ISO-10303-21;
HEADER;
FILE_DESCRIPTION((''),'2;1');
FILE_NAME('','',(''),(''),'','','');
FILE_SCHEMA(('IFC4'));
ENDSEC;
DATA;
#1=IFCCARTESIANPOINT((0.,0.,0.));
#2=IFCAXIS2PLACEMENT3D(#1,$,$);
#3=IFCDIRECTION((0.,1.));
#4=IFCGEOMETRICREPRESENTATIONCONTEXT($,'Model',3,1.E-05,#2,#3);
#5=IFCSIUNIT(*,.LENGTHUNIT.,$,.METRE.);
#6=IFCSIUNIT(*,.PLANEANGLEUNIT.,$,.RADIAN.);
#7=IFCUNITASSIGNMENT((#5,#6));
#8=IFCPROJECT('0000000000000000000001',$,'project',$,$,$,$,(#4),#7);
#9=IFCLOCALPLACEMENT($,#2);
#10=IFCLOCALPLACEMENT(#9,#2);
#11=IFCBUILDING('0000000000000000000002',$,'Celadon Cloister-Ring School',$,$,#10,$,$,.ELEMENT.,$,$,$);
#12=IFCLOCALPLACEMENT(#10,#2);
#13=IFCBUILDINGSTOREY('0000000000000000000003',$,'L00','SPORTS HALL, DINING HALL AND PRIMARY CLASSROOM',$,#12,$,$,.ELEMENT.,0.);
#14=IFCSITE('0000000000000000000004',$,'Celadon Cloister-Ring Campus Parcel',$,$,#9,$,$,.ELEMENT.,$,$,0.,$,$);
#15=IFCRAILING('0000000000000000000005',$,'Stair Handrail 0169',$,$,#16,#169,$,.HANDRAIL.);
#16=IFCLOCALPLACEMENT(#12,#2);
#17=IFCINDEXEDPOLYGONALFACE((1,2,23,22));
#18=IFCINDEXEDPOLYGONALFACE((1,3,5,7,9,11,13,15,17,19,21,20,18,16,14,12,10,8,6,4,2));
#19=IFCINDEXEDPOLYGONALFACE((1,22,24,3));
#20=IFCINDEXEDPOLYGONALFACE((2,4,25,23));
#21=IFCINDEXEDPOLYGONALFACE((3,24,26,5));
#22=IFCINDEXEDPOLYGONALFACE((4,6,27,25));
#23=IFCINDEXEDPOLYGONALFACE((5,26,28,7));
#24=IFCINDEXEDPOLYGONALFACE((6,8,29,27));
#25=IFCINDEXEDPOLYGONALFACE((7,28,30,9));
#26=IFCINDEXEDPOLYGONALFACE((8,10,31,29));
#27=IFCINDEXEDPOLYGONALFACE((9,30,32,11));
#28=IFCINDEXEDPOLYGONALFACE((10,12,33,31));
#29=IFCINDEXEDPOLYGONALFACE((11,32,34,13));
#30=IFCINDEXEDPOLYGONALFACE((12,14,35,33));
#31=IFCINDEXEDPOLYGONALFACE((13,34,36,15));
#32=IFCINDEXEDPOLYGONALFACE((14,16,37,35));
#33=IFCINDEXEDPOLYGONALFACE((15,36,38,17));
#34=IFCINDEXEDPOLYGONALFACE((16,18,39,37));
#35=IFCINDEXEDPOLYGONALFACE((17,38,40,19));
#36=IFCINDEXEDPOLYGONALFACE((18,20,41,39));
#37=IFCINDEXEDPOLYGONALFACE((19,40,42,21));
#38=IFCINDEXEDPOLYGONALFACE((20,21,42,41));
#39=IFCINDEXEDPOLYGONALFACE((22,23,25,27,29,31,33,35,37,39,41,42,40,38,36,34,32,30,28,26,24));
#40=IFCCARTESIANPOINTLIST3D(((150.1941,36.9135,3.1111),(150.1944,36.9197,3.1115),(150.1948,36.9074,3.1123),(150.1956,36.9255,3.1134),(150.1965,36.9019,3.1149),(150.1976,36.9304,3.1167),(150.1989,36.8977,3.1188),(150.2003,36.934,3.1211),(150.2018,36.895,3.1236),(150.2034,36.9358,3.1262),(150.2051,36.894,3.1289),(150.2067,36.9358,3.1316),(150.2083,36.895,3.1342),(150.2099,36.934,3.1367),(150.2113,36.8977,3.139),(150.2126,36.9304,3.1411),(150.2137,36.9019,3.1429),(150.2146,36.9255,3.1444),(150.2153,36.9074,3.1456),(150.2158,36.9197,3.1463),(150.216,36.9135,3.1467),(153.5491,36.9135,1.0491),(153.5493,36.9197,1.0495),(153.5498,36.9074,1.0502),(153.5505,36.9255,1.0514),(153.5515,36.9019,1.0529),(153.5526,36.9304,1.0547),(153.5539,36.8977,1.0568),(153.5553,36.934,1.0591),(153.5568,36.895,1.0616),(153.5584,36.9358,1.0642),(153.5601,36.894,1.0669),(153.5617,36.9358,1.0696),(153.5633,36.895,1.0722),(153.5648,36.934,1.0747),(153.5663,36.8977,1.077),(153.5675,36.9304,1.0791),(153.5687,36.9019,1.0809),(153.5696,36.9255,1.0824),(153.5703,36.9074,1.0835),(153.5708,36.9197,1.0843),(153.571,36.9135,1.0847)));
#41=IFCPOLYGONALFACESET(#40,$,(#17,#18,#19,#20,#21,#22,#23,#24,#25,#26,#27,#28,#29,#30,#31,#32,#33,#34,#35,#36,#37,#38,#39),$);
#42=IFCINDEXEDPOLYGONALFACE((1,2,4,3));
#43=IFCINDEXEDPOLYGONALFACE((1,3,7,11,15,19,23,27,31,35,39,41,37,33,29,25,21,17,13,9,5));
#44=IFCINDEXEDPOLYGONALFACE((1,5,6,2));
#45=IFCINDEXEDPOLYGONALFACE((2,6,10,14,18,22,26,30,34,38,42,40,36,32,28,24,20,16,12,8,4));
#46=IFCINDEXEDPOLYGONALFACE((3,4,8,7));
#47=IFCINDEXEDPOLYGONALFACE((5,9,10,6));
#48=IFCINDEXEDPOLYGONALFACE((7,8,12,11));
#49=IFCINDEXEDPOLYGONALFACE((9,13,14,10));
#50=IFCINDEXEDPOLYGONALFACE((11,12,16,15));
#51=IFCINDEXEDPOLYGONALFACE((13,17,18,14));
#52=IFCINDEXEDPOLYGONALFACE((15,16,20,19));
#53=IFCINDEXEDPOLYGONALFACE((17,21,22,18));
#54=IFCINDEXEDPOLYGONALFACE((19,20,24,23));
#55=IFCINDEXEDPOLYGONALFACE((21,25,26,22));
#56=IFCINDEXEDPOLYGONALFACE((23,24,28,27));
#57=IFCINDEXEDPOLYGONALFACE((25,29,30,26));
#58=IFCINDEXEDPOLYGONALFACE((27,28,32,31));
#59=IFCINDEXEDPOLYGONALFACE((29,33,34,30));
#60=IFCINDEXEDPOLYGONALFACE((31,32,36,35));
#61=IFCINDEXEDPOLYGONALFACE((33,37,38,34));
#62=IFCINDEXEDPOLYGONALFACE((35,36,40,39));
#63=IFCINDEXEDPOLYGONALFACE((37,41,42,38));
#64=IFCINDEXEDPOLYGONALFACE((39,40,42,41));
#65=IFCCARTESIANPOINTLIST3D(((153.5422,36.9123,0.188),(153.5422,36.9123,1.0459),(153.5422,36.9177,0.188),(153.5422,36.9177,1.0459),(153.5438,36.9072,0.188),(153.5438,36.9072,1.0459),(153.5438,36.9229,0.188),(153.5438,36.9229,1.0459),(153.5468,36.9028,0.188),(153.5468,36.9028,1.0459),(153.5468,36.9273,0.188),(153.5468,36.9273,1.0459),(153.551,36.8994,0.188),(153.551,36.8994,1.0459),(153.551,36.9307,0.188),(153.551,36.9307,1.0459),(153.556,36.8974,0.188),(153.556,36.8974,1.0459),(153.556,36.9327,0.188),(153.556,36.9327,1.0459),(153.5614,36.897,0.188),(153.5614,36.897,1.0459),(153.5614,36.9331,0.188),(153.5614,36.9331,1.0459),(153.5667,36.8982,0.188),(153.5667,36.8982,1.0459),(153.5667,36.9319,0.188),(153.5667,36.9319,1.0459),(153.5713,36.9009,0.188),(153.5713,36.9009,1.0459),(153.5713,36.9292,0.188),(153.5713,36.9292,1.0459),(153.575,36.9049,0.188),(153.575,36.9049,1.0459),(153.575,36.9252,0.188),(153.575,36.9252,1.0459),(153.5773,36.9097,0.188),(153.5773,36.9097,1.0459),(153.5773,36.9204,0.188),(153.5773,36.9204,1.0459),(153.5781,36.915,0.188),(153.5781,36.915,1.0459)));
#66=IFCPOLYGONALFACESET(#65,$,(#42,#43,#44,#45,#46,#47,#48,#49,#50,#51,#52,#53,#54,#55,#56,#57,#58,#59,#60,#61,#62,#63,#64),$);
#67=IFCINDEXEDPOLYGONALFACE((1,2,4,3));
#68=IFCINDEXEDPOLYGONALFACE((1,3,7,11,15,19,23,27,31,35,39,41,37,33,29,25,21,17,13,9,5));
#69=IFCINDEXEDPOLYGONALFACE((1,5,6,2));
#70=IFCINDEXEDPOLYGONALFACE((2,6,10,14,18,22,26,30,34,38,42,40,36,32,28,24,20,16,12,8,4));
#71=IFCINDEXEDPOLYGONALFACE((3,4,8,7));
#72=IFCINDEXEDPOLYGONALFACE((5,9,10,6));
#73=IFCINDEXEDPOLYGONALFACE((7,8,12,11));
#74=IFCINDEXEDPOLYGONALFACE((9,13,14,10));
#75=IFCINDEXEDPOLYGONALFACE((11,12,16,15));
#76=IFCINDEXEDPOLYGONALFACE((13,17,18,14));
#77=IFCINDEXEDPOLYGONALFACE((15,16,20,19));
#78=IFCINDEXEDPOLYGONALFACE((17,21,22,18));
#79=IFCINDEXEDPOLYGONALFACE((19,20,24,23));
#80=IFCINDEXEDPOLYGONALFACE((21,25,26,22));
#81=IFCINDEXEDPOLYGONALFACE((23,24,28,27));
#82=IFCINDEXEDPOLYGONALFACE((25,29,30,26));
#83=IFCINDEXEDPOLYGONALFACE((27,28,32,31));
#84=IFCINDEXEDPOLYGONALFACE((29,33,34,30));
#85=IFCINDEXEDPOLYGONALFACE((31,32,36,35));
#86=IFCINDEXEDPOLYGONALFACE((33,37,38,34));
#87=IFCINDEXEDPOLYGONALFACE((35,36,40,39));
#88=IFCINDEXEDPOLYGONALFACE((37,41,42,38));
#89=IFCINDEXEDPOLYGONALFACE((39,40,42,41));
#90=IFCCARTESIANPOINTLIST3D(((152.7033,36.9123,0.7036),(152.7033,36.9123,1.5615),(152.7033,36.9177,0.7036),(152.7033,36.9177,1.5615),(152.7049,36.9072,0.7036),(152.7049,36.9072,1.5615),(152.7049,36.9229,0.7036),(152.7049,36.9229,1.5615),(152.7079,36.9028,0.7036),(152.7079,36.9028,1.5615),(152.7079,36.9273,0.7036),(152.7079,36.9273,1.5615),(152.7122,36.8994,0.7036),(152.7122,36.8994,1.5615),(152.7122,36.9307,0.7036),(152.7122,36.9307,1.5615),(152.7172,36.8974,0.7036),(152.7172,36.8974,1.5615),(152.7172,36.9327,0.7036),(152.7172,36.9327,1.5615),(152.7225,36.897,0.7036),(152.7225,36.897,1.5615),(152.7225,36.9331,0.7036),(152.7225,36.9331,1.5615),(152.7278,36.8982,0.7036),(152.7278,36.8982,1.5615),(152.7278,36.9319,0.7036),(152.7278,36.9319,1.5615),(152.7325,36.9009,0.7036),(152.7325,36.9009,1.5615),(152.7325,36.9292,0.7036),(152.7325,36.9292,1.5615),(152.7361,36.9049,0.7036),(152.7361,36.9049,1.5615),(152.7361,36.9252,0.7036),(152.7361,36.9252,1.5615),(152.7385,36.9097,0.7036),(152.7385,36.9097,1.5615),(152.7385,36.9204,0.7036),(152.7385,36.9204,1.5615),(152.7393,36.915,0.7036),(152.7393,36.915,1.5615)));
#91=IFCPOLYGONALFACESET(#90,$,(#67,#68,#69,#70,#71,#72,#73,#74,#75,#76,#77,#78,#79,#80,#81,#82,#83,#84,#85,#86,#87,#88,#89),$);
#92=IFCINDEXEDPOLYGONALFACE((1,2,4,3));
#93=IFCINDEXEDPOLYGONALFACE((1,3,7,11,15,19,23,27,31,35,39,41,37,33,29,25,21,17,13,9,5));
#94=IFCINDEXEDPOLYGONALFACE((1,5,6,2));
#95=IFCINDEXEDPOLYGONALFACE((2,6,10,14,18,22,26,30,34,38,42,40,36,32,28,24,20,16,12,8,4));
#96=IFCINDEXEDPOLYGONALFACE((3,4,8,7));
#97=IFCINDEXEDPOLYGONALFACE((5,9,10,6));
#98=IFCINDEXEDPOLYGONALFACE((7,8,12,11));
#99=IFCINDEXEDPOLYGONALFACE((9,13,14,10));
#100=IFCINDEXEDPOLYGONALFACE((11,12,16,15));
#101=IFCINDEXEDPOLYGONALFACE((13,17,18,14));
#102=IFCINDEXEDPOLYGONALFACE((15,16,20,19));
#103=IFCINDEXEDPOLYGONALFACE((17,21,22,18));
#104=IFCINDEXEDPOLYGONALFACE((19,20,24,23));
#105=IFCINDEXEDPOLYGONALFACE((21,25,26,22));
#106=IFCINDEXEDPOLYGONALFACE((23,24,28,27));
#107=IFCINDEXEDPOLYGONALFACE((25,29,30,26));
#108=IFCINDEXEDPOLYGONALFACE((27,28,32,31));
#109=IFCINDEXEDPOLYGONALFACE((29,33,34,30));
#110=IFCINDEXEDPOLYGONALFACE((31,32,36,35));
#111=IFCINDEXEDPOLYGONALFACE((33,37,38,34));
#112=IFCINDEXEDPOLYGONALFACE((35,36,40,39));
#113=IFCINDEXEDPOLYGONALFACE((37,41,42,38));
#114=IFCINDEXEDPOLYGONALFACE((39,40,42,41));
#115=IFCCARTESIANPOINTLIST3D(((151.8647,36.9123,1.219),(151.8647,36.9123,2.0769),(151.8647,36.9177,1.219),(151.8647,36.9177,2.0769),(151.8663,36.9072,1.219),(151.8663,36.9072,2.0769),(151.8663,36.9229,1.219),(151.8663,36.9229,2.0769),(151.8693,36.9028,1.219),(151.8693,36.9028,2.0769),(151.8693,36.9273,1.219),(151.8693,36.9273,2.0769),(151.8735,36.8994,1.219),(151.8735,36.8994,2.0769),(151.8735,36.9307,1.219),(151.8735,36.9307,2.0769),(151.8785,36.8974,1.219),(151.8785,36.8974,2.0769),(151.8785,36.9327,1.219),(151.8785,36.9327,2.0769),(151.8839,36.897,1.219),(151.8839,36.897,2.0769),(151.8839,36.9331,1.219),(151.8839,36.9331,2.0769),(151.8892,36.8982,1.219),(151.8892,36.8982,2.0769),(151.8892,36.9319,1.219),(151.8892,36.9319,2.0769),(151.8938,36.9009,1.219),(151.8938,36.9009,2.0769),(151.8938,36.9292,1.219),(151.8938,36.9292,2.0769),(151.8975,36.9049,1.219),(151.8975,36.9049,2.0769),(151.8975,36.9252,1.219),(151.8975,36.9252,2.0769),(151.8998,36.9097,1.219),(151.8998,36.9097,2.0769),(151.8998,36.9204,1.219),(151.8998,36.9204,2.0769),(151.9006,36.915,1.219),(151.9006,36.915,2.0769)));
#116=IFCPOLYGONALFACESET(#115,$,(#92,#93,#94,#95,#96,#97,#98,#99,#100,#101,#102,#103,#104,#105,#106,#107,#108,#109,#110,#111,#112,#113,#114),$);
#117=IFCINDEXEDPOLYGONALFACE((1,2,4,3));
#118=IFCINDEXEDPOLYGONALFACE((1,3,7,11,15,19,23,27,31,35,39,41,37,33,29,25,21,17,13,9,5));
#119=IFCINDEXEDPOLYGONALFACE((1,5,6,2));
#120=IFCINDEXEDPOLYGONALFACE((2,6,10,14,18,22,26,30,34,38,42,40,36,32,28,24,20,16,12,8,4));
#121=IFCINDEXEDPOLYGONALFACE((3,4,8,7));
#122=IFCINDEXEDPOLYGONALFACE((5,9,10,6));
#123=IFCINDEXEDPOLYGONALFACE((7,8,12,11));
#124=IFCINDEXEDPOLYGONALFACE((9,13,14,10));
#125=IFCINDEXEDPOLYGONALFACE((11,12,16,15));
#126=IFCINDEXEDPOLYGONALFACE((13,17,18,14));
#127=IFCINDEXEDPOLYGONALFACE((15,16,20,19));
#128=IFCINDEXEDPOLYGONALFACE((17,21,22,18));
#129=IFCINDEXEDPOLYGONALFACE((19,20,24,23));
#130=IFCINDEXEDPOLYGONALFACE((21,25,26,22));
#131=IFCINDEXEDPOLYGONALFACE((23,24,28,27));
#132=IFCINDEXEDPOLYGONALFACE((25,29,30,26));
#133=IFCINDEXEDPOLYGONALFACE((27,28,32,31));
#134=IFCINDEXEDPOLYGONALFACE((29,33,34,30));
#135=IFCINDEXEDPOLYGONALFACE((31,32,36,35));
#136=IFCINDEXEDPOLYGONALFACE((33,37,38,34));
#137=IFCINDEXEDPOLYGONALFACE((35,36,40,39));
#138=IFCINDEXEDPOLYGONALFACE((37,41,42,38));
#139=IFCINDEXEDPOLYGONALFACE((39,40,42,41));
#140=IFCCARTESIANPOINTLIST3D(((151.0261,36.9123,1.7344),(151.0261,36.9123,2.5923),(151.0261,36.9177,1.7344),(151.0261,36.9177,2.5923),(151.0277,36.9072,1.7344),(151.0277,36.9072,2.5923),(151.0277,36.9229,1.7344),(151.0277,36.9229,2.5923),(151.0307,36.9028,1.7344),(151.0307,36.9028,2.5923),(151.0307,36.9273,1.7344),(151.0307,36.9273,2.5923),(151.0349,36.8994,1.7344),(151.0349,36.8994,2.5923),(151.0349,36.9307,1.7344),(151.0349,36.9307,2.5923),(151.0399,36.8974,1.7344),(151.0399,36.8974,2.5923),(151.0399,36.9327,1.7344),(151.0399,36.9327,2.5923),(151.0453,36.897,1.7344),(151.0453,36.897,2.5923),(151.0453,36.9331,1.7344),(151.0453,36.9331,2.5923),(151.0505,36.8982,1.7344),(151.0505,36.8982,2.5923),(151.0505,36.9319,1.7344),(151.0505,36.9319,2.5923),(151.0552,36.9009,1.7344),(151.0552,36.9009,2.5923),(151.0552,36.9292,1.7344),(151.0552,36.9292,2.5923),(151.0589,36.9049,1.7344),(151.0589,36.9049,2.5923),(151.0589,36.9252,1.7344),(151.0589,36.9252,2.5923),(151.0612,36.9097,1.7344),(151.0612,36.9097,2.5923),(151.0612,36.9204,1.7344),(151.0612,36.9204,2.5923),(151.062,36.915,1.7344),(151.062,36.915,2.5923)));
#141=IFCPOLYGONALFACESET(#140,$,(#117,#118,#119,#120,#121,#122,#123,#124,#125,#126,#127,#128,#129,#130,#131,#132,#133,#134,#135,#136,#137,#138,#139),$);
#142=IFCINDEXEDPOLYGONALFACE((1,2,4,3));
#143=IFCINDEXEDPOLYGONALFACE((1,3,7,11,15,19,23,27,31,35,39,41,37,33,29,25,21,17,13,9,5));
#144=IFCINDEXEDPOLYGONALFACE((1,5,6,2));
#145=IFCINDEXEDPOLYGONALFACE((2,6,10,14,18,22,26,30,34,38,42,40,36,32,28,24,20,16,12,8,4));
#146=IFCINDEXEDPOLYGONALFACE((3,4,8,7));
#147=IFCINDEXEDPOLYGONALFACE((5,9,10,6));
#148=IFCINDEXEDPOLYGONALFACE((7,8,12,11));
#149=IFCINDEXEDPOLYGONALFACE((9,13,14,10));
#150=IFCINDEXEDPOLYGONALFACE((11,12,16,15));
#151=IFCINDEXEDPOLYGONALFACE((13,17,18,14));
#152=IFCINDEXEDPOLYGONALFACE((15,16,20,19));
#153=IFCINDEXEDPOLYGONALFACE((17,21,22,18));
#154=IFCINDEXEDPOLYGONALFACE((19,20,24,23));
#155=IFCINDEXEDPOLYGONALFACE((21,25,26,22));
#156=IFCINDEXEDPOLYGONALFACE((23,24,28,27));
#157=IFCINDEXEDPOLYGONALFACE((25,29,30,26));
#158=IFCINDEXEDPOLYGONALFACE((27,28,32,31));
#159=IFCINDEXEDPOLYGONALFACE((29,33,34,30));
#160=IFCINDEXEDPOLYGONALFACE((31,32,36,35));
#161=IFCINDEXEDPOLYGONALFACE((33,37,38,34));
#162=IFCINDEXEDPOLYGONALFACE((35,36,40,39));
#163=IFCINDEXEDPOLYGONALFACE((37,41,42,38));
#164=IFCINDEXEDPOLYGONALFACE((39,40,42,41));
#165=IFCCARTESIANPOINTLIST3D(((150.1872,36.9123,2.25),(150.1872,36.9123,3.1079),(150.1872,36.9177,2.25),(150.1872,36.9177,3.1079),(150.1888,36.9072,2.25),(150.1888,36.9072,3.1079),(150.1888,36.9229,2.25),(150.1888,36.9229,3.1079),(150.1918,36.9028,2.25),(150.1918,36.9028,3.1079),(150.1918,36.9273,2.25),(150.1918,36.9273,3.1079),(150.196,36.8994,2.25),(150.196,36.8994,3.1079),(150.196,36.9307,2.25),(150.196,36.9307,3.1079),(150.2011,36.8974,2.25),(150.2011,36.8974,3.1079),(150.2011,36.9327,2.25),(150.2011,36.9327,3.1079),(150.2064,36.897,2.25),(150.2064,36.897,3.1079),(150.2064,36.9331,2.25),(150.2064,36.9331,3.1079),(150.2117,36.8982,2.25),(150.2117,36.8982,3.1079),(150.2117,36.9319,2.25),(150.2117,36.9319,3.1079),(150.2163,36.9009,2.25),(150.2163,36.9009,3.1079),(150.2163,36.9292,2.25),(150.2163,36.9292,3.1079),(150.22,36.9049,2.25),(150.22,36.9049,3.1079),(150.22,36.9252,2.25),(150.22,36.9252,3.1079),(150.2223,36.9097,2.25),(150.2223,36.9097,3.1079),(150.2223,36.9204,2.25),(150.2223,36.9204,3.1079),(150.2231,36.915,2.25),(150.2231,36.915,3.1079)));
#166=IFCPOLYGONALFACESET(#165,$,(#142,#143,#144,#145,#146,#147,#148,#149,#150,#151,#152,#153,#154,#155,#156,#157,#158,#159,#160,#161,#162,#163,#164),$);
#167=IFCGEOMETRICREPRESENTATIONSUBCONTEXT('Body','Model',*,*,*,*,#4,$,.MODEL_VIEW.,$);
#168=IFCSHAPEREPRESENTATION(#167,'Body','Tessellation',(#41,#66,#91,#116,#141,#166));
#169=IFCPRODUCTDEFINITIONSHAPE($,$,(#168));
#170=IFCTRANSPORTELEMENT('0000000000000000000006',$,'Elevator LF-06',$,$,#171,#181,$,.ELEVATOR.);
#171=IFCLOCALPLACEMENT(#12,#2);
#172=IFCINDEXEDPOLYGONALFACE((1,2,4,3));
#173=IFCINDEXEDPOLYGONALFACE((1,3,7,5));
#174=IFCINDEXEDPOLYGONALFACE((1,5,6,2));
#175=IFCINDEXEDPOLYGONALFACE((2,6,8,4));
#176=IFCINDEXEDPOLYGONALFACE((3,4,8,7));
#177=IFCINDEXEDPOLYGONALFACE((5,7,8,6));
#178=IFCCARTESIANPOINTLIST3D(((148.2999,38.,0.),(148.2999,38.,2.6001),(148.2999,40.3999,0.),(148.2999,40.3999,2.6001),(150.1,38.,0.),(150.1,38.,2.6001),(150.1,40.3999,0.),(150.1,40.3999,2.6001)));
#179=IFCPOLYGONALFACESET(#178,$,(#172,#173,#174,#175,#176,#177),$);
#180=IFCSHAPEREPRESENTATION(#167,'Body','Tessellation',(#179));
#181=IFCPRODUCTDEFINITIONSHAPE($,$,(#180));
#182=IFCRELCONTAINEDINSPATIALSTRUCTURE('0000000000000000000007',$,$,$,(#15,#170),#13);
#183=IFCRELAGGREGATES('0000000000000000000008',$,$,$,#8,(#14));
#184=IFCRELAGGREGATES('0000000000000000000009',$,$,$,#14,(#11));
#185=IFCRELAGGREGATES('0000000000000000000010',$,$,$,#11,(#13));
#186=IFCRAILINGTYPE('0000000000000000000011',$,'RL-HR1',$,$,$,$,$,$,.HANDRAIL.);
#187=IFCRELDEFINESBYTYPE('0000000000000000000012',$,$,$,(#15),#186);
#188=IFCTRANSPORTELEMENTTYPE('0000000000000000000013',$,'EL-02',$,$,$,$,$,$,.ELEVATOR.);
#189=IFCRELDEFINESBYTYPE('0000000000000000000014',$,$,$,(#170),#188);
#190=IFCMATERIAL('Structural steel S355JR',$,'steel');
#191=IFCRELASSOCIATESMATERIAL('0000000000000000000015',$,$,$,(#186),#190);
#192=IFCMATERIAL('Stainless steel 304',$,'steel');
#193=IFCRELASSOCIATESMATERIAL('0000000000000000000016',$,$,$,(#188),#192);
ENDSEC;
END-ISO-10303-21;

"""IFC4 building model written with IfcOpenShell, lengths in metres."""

from ifc_helpers import new_model, si_unit, direction, frame, origin, origin_2d, place, context, subcontext, project, spatial, rectangle, circle, extrude, material, type_object, element, save


model = new_model("IFC4")

# Units and contexts
model_context = context("Model", 3, precision=1e-05, world=origin(), true_north=direction((0.0, 1.0)))
body_context = subcontext(model_context, "Body", "Model", "MODEL_VIEW")
ifc_project = project(units=[si_unit("LENGTHUNIT", "METRE"), si_unit("PLANEANGLEUNIT", "RADIAN")], contexts=[model_context])

# Site, building, storey
site_placement = place(None, origin())
site = spatial("IfcSite", under=ifc_project, at=site_placement, Name="Celadon Cloister-Ring Campus Parcel", CompositionType="ELEMENT", RefElevation=0.0)
building_placement = place(site_placement, origin())
building = spatial("IfcBuilding", under=site, at=building_placement, Name="Celadon Cloister-Ring School", CompositionType="ELEMENT")
storey_placement = place(building_placement, origin())
storey = spatial("IfcBuildingStorey", under=building, at=storey_placement, Name="L00", Description="SPORTS HALL, DINING HALL AND PRIMARY CLASSROOM", CompositionType="ELEMENT", Elevation=0.0)

# Railing
ifc_material_1 = material(Name="Structural steel S355JR", Category="steel")
railing_type = type_object("IfcRailingType", Name="RL-HR1", PredefinedType="HANDRAIL", material=ifc_material_1)
railing_placement = place(storey_placement, frame((153.5601, 36.915, 0.188)))
element("IfcRailing", 1, at=railing_placement, inside=storey, type_object=railing_type, Name="Stair Handrail 0169", PredefinedType="HANDRAIL", context=body_context, shape_type="SweptSolid", body=[
    extrude(circle(Radius=0.021, at=origin_2d()), frame((0.0, 0.0, 0.8789), z_axis=(-0.851952, 0.0, 0.52362), x_axis=(0.0, -1.0, 0.0)), (0.0, 0.0, 1.0), 3.938),
    extrude(circle(Radius=0.0181, at=origin_2d()), origin(), (0.0, 0.0, 1.0), 0.8579),
    extrude(circle(Radius=0.0181, at=origin_2d()), frame((-0.8389, 0.0, 0.5156)), (0.0, 0.0, 1.0), 0.8579),
    extrude(circle(Radius=0.0181, at=origin_2d()), frame((-1.6775, 0.0, 1.031)), (0.0, 0.0, 1.0), 0.8579),
    extrude(circle(Radius=0.0181, at=origin_2d()), frame((-2.5161, 0.0, 1.5464)), (0.0, 0.0, 1.0), 0.8579),
    extrude(circle(Radius=0.0181, at=origin_2d()), frame((-3.355, 0.0, 2.062)), (0.0, 0.0, 1.0), 0.8579),
])

# Transport element
ifc_material_2 = material(Name="Stainless steel 304", Category="steel")
transport_element_type = type_object("IfcTransportElementType", Name="EL-02", PredefinedType="ELEVATOR", material=ifc_material_2)
transport_element_placement = place(storey_placement, frame((149.2, 39.2, 0.0), z_axis=(0.0, 0.0, 1.0), x_axis=(1.0, 0.0, 0.0)))
element("IfcTransportElement", 2, at=transport_element_placement, inside=storey, type_object=transport_element_type, Name="Elevator LF-06", PredefinedType="ELEVATOR", context=body_context, shape_type="SweptSolid", body=[
    extrude(rectangle(XDim=1.8, YDim=2.3999, at=origin_2d()), origin(), (0.0, 0.0, 1.0), 2.6001),
])

save(model, "model.ifc")
